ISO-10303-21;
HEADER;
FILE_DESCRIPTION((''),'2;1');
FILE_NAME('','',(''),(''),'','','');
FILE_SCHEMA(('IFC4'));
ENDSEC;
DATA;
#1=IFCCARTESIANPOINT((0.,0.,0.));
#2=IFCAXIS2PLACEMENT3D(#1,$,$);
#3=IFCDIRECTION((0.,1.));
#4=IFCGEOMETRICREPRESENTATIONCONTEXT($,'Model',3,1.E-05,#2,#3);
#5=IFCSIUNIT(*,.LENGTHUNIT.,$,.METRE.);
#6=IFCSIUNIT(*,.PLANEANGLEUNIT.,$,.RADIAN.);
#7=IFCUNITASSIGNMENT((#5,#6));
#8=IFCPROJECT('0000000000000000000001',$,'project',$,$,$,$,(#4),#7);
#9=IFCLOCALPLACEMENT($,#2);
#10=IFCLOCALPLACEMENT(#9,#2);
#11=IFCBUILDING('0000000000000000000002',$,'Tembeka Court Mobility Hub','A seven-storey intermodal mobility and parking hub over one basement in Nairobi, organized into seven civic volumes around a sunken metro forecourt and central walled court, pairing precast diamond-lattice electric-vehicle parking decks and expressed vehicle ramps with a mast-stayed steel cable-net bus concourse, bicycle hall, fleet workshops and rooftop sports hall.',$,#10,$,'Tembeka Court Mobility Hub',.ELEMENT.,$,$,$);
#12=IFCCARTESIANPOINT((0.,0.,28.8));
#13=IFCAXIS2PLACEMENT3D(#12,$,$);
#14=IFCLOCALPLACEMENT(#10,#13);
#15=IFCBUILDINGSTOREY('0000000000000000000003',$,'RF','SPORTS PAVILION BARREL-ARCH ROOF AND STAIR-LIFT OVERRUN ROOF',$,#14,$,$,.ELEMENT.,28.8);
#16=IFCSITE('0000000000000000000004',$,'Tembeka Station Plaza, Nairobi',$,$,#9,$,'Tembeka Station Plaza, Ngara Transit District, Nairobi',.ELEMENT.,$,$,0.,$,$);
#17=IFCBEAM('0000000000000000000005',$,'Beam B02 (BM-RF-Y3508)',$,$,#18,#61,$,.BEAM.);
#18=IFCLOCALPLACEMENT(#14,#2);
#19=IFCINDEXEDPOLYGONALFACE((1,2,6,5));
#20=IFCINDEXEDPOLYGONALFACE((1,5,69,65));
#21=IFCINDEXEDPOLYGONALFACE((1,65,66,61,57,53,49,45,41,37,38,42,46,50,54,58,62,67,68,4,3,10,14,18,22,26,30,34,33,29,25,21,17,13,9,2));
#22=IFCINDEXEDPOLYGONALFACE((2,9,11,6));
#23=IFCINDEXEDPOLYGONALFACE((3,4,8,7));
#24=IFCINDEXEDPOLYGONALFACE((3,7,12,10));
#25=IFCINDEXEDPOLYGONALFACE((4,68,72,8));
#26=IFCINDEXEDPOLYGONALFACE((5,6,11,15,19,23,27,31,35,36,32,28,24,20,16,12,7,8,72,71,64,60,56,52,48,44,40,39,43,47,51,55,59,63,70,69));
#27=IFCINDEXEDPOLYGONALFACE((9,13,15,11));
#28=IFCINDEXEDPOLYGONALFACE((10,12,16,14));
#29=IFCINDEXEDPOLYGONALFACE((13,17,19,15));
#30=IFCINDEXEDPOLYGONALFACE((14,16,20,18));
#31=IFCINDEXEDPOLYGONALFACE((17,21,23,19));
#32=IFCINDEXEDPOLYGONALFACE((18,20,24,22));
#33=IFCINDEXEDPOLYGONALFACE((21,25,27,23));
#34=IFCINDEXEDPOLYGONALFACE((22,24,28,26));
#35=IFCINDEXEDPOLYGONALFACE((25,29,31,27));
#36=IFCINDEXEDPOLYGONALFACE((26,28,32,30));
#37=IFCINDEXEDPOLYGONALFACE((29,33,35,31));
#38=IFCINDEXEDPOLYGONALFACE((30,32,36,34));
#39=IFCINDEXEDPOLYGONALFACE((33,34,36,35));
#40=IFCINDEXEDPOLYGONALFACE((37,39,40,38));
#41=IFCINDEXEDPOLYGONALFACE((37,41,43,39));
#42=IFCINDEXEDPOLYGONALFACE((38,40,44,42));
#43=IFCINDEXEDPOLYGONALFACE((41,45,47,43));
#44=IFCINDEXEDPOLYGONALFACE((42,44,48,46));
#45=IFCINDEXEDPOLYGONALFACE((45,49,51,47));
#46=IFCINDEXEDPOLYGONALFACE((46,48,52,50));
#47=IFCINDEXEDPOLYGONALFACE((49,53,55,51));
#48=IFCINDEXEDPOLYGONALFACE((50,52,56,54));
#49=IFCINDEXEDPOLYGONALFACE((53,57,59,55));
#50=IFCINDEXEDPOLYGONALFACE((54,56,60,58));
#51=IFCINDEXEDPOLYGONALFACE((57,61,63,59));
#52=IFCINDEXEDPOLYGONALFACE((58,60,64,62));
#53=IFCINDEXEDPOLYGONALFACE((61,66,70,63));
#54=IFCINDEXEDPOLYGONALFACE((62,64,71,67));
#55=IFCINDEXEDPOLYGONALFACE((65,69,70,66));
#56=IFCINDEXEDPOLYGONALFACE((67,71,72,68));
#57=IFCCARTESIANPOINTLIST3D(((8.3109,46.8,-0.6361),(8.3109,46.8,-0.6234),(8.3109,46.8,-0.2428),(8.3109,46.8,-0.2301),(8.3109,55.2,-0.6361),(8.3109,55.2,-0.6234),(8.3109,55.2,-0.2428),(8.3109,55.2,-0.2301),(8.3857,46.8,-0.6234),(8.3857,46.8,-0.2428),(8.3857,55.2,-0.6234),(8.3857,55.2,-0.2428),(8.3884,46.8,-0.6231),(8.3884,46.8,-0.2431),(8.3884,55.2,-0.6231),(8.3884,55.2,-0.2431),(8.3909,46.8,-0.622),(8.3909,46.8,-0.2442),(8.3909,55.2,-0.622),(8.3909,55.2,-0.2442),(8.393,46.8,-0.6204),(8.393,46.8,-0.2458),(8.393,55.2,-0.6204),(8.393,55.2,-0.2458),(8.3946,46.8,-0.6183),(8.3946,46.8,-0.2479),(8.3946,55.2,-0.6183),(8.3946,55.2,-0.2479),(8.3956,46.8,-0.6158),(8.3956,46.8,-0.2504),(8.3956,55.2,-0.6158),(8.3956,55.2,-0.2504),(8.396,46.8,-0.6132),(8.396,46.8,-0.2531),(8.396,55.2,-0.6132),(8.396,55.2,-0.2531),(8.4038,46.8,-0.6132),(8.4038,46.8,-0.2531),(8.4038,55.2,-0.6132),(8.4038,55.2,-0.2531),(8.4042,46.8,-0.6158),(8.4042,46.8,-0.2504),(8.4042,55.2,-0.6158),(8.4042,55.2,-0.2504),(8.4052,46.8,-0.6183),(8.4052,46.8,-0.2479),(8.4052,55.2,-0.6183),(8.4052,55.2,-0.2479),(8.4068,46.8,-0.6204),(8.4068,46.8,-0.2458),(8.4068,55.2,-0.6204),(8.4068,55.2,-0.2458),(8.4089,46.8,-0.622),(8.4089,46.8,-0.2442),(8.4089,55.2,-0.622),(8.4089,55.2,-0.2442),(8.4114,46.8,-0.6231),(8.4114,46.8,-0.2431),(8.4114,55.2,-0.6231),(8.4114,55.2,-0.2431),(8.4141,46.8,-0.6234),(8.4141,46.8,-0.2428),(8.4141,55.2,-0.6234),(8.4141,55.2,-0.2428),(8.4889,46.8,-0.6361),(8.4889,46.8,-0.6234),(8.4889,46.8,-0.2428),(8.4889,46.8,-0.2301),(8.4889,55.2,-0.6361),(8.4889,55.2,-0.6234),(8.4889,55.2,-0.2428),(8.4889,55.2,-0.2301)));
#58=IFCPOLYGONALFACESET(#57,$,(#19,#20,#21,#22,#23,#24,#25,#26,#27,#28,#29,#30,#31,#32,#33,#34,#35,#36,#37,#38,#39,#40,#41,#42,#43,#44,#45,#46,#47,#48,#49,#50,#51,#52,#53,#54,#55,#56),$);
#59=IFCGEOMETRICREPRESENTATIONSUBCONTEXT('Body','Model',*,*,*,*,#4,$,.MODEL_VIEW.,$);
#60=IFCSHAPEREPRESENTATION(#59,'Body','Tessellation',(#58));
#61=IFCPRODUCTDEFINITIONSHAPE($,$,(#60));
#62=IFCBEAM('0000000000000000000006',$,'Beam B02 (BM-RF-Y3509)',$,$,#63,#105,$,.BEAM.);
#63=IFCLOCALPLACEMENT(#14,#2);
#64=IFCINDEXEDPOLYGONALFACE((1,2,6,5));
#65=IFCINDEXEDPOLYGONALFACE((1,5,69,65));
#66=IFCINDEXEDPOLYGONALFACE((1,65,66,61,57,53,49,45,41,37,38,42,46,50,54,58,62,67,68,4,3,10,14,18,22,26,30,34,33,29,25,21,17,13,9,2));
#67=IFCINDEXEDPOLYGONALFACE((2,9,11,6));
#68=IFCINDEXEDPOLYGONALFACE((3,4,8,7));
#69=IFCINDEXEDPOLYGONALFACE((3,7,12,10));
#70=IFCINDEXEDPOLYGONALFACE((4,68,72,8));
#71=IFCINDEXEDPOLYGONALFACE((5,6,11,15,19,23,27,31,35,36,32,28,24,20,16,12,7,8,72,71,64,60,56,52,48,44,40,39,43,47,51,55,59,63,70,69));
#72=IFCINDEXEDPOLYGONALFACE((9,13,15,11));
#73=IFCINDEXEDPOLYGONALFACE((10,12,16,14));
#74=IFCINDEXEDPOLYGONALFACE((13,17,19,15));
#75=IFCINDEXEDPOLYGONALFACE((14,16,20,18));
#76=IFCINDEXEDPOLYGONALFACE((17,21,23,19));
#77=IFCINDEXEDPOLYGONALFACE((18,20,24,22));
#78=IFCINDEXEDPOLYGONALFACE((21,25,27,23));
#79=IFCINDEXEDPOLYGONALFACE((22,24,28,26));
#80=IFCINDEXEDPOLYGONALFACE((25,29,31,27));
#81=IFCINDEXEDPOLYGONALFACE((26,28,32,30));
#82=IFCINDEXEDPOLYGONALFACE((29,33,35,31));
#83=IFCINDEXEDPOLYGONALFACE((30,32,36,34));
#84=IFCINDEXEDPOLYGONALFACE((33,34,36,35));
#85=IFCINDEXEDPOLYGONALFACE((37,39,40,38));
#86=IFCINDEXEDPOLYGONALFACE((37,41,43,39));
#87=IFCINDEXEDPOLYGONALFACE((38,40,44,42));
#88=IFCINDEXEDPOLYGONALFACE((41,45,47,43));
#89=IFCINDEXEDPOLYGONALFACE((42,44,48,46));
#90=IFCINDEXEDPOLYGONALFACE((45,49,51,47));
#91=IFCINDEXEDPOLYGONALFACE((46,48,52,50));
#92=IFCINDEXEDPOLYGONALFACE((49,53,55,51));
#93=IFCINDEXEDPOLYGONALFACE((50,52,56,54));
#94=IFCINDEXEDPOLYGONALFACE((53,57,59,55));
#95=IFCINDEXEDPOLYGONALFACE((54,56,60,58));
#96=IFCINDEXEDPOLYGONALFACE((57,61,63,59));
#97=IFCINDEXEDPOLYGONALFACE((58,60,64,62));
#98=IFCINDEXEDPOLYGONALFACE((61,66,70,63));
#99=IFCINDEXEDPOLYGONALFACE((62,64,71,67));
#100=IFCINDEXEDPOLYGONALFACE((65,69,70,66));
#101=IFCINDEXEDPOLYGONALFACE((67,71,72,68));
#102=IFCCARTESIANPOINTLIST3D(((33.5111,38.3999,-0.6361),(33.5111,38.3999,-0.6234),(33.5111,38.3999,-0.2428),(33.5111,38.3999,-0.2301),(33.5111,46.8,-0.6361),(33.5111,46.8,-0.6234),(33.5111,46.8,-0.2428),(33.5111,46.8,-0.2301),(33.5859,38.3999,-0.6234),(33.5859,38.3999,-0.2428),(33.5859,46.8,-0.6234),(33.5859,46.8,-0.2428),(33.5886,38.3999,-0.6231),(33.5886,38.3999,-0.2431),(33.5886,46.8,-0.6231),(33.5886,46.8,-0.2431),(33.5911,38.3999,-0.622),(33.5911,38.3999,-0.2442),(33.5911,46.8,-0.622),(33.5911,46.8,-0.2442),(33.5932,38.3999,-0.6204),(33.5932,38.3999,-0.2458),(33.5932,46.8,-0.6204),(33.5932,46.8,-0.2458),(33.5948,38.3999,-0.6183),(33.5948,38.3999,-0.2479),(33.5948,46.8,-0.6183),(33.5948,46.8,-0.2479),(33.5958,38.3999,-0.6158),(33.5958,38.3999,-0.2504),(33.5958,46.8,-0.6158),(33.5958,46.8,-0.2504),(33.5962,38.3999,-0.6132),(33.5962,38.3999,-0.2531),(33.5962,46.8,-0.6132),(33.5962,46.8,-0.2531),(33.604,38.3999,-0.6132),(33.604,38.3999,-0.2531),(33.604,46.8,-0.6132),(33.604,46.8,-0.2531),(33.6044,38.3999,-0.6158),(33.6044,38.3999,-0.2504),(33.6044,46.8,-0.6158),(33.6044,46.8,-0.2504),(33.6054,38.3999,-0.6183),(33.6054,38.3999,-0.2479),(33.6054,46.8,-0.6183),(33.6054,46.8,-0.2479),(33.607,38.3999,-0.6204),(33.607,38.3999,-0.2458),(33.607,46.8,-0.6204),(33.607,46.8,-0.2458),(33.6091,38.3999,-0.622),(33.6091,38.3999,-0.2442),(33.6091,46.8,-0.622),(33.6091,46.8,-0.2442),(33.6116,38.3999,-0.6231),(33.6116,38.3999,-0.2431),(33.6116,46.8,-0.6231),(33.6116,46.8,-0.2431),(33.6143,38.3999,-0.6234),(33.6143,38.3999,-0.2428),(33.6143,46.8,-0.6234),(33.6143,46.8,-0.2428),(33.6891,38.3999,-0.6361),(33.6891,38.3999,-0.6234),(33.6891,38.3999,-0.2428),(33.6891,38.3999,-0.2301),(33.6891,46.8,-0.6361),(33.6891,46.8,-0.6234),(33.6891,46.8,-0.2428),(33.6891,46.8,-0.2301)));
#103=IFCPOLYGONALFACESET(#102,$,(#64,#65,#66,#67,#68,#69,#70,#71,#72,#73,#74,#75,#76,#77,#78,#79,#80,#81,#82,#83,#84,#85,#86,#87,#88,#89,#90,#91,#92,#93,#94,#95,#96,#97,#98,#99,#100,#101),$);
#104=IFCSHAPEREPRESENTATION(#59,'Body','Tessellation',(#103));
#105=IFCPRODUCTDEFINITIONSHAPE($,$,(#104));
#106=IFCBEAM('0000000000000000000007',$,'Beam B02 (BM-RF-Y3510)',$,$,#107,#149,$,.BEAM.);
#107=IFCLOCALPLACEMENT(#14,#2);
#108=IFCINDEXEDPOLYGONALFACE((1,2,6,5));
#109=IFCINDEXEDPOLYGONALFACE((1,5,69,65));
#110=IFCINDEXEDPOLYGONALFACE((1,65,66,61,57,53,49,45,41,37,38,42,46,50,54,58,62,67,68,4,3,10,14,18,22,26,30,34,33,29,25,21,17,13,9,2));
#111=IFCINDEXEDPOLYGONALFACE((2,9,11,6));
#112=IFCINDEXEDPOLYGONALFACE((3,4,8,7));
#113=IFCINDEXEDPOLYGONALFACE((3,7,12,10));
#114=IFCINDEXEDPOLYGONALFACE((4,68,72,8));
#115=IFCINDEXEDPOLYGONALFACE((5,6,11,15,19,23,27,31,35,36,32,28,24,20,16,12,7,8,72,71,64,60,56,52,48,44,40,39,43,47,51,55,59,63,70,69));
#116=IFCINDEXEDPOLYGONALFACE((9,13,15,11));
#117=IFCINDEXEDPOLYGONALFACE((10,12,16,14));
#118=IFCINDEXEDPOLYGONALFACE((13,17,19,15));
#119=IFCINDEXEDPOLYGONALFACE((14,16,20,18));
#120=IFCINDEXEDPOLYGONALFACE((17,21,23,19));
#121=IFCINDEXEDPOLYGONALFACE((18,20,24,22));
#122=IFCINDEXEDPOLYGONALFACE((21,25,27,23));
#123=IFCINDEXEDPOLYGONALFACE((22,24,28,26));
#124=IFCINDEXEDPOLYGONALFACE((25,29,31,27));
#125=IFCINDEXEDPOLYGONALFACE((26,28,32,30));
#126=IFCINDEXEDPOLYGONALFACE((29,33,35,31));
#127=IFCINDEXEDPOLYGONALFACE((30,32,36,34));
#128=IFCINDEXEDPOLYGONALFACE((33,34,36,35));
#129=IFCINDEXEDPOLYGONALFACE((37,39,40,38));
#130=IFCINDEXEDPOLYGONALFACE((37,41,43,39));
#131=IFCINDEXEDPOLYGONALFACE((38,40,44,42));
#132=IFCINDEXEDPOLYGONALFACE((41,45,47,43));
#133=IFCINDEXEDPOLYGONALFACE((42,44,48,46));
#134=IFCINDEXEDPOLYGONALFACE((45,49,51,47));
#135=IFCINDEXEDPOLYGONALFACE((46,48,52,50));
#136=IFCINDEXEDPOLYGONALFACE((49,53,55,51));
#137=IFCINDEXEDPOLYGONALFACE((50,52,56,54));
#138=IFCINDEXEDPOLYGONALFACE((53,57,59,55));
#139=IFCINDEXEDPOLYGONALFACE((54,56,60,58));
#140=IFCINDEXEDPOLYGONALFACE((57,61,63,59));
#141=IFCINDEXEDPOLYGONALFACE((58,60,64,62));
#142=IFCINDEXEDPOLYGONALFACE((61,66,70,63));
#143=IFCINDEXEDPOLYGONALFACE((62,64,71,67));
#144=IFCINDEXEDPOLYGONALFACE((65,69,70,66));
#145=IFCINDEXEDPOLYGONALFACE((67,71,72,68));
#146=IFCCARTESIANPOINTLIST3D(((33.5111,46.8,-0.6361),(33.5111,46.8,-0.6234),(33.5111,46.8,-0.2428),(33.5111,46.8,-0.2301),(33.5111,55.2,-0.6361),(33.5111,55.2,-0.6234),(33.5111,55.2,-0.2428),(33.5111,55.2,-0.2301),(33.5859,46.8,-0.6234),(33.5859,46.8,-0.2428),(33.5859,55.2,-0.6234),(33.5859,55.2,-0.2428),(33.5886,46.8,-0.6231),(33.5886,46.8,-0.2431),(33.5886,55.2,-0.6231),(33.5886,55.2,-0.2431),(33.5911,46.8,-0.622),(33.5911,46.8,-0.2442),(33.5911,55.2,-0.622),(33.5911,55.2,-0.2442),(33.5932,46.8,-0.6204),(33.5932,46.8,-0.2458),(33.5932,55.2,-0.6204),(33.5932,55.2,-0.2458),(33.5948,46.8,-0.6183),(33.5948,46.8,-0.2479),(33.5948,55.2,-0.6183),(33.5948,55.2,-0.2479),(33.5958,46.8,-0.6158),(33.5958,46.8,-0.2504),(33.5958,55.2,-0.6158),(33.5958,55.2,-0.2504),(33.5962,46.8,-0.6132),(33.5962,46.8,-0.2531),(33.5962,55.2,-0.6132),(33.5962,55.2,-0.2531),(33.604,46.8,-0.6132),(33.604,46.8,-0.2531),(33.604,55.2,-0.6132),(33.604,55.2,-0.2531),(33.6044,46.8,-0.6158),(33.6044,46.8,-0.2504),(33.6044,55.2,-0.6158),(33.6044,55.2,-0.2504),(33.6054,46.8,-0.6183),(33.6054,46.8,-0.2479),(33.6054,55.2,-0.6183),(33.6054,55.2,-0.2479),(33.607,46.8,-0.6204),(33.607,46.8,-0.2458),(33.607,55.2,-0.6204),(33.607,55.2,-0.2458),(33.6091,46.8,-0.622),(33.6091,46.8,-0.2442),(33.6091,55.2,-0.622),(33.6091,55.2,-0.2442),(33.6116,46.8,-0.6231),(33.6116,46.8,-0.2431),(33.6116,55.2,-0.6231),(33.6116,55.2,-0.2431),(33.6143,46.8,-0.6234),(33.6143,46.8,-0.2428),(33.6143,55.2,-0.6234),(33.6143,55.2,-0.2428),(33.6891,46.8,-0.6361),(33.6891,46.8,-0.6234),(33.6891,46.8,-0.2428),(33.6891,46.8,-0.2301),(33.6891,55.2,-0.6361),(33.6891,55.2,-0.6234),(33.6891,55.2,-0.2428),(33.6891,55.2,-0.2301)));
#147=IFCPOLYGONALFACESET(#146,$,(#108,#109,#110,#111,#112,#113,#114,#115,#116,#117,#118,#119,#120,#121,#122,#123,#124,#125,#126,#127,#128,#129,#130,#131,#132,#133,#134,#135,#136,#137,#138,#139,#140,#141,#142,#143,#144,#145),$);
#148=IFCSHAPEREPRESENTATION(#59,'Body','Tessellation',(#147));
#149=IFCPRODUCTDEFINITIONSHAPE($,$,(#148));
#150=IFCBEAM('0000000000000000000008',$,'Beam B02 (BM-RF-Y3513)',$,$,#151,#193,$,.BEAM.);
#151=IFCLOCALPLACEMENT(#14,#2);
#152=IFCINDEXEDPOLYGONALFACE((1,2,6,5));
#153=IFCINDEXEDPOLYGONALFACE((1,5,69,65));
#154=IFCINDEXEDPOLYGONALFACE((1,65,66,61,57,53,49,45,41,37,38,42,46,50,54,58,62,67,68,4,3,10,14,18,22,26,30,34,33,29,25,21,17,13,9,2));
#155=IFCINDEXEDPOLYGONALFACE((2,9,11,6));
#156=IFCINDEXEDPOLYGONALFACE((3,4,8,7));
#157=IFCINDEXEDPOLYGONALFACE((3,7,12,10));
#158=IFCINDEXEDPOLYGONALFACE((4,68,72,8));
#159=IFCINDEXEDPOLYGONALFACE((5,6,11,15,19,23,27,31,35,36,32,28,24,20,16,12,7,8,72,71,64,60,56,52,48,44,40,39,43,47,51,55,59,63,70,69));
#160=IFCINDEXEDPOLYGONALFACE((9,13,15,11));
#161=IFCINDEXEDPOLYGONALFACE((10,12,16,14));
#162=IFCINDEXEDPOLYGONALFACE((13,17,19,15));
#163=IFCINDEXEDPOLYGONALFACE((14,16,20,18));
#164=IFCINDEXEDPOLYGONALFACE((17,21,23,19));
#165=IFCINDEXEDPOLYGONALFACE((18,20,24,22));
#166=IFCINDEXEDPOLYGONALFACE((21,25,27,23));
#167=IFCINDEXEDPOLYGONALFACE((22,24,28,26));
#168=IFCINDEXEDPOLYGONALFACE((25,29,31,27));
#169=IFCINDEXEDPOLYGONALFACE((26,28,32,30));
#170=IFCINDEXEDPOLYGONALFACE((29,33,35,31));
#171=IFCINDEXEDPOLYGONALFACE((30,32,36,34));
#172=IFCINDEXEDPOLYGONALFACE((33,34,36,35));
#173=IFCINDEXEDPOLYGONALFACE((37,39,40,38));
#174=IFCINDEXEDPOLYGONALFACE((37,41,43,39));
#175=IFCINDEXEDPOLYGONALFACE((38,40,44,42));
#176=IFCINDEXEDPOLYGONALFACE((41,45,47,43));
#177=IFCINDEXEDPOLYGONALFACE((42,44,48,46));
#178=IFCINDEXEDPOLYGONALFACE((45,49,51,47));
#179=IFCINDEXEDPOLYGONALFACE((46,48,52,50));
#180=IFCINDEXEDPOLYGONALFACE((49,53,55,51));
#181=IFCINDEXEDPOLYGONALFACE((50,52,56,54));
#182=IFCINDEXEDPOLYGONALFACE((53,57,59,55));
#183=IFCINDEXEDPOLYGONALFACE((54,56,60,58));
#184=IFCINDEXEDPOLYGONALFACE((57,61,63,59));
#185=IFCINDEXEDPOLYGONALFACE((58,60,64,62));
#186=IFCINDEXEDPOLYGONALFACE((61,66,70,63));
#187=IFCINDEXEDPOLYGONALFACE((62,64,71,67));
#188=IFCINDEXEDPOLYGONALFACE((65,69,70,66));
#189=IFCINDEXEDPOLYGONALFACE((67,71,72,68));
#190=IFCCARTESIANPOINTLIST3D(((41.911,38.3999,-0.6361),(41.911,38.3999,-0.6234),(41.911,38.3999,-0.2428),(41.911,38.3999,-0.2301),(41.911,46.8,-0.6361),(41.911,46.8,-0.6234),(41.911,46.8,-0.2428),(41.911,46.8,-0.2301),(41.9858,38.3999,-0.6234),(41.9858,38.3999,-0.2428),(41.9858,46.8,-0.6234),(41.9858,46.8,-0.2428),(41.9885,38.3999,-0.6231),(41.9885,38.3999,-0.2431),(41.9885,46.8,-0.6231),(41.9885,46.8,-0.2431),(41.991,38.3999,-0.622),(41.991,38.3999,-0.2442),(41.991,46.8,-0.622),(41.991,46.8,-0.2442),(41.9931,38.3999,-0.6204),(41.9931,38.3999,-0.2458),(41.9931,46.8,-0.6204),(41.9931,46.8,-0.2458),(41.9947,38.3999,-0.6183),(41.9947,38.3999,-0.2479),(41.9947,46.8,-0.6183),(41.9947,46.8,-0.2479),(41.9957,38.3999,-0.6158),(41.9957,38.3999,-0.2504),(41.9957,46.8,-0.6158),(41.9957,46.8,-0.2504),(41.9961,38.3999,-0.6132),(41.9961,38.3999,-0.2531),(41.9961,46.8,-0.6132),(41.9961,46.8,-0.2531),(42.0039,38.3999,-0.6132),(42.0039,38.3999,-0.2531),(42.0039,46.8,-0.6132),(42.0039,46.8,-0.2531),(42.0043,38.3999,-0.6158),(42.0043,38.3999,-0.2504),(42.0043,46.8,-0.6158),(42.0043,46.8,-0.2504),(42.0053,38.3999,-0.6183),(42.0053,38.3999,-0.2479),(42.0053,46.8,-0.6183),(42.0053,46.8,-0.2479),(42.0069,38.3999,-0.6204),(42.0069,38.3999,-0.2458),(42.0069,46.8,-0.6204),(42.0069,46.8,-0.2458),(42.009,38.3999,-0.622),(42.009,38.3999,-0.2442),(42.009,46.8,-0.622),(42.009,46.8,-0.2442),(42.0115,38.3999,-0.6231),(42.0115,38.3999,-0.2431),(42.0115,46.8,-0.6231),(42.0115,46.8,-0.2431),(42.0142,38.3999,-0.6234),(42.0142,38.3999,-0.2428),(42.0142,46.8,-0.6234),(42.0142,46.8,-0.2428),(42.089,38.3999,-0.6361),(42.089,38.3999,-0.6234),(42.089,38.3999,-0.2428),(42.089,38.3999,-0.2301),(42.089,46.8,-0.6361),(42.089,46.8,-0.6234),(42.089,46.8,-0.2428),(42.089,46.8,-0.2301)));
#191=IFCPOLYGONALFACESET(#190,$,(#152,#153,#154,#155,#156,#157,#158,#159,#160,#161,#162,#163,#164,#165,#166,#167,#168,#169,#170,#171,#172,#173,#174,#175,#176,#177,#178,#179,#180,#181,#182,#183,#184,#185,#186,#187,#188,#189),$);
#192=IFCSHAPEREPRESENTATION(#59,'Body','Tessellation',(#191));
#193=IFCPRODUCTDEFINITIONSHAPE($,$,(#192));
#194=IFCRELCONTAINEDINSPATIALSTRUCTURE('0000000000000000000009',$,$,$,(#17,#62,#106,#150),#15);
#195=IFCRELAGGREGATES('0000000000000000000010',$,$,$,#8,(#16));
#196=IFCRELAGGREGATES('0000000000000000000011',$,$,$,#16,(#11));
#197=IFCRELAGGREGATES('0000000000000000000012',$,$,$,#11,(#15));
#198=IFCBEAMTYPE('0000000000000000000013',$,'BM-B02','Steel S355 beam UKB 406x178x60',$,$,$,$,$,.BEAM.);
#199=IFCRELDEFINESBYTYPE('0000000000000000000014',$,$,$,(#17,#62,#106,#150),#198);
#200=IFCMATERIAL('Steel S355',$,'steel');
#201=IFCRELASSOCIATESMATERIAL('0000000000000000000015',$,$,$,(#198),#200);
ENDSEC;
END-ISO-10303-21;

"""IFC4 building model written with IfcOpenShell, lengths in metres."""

from ifc_helpers import new_model, si_unit, direction, frame, origin, origin_2d, place, context, subcontext, project, spatial, i_section, extrude, material, material_profile, profile_set, type_object, element, save


model = new_model("IFC4")

# Units and contexts
model_context = context("Model", 3, precision=1e-05, world=origin(), true_north=direction((0.0, 1.0)))
body_context = subcontext(model_context, "Body", "Model", "MODEL_VIEW")
ifc_project = project(units=[si_unit("LENGTHUNIT", "METRE"), si_unit("PLANEANGLEUNIT", "RADIAN")], contexts=[model_context])

# Site, building, storey
site_placement = place(None, origin())
site = spatial("IfcSite", under=ifc_project, at=site_placement, Name="Tembeka Station Plaza, Nairobi", LongName="Tembeka Station Plaza, Ngara Transit District, Nairobi", CompositionType="ELEMENT", RefElevation=0.0)
building_placement = place(site_placement, origin())
building = spatial("IfcBuilding", under=site, at=building_placement, Name="Tembeka Court Mobility Hub", Description="A seven-storey intermodal mobility and parking hub over one basement in Nairobi, organized into seven civic volumes around a sunken metro forecourt and central walled court, pairing precast diamond-lattice electric-vehicle parking decks and expressed vehicle ramps with a mast-stayed steel cable-net bus concourse, bicycle hall, fleet workshops and rooftop sports hall.", LongName="Tembeka Court Mobility Hub", CompositionType="ELEMENT")
storey_placement = place(building_placement, frame((0.0, 0.0, 28.8)))
storey = spatial("IfcBuildingStorey", under=building, at=storey_placement, Name="RF", Description="SPORTS PAVILION BARREL-ARCH ROOF AND STAIR-LIFT OVERRUN ROOF", CompositionType="ELEMENT", Elevation=28.8)

# Beams
ifc_material_1 = material(Name="Steel S355", Category="steel")
ifc_material_profile_1 = material_profile(ifc_material_1, i_section(OverallWidth=0.178, OverallDepth=0.406, WebThickness=0.0078, FlangeThickness=0.0127, FilletRadius=0.0103, at=origin_2d()), Name="UKB 406x178x60")
ifc_profile_set_1 = profile_set([ifc_material_profile_1], Name="Steel S355")
beam_type_1 = type_object("IfcBeamType", Name="BM-B02", Description="Steel S355 beam UKB 406x178x60", PredefinedType="BEAM", material=ifc_profile_set_1)
beam_1_placement = place(storey_placement, frame((8.3999, 46.8, -0.4331), z_axis=(0.0, 1.0, 0.0), x_axis=(-1.0, 0.0, 0.0)))
element("IfcBeam", 1, at=beam_1_placement, inside=storey, type_object=beam_type_1, Name="Beam B02 (BM-RF-Y3508)", PredefinedType="BEAM", context=body_context, shape_type="SweptSolid", body=[
    extrude(i_section(OverallWidth=0.178, OverallDepth=0.406, WebThickness=0.0078, FlangeThickness=0.0127, FilletRadius=0.0103, at=origin_2d()), origin(), (0.0, 0.0, 1.0), 8.3999),
])
beam_2_placement = place(storey_placement, frame((33.6001, 38.3999, -0.4331), z_axis=(0.0, 1.0, 0.0), x_axis=(-1.0, 0.0, 0.0)))
element("IfcBeam", 2, at=beam_2_placement, inside=storey, type_object=beam_type_1, Name="Beam B02 (BM-RF-Y3509)", PredefinedType="BEAM", context=body_context, shape_type="SweptSolid", body=[
    extrude(i_section(OverallWidth=0.178, OverallDepth=0.406, WebThickness=0.0078, FlangeThickness=0.0127, FilletRadius=0.0103, at=origin_2d()), origin(), (0.0, 0.0, 1.0), 8.4001),
])
beam_3_placement = place(storey_placement, frame((33.6001, 46.8, -0.4331), z_axis=(0.0, 1.0, 0.0), x_axis=(-1.0, 0.0, 0.0)))
element("IfcBeam", 3, at=beam_3_placement, inside=storey, type_object=beam_type_1, Name="Beam B02 (BM-RF-Y3510)", PredefinedType="BEAM", context=body_context, shape_type="SweptSolid", body=[
    extrude(i_section(OverallWidth=0.178, OverallDepth=0.406, WebThickness=0.0078, FlangeThickness=0.0127, FilletRadius=0.0103, at=origin_2d()), origin(), (0.0, 0.0, 1.0), 8.3999),
])
beam_4_placement = place(storey_placement, frame((42.0, 38.3999, -0.4331), z_axis=(0.0, 1.0, 0.0), x_axis=(-1.0, 0.0, 0.0)))
element("IfcBeam", 4, at=beam_4_placement, inside=storey, type_object=beam_type_1, Name="Beam B02 (BM-RF-Y3513)", PredefinedType="BEAM", context=body_context, shape_type="SweptSolid", body=[
    extrude(i_section(OverallWidth=0.178, OverallDepth=0.406, WebThickness=0.0078, FlangeThickness=0.0127, FilletRadius=0.0103, at=origin_2d()), origin(), (0.0, 0.0, 1.0), 8.4001),
])

save(model, "model.ifc")
